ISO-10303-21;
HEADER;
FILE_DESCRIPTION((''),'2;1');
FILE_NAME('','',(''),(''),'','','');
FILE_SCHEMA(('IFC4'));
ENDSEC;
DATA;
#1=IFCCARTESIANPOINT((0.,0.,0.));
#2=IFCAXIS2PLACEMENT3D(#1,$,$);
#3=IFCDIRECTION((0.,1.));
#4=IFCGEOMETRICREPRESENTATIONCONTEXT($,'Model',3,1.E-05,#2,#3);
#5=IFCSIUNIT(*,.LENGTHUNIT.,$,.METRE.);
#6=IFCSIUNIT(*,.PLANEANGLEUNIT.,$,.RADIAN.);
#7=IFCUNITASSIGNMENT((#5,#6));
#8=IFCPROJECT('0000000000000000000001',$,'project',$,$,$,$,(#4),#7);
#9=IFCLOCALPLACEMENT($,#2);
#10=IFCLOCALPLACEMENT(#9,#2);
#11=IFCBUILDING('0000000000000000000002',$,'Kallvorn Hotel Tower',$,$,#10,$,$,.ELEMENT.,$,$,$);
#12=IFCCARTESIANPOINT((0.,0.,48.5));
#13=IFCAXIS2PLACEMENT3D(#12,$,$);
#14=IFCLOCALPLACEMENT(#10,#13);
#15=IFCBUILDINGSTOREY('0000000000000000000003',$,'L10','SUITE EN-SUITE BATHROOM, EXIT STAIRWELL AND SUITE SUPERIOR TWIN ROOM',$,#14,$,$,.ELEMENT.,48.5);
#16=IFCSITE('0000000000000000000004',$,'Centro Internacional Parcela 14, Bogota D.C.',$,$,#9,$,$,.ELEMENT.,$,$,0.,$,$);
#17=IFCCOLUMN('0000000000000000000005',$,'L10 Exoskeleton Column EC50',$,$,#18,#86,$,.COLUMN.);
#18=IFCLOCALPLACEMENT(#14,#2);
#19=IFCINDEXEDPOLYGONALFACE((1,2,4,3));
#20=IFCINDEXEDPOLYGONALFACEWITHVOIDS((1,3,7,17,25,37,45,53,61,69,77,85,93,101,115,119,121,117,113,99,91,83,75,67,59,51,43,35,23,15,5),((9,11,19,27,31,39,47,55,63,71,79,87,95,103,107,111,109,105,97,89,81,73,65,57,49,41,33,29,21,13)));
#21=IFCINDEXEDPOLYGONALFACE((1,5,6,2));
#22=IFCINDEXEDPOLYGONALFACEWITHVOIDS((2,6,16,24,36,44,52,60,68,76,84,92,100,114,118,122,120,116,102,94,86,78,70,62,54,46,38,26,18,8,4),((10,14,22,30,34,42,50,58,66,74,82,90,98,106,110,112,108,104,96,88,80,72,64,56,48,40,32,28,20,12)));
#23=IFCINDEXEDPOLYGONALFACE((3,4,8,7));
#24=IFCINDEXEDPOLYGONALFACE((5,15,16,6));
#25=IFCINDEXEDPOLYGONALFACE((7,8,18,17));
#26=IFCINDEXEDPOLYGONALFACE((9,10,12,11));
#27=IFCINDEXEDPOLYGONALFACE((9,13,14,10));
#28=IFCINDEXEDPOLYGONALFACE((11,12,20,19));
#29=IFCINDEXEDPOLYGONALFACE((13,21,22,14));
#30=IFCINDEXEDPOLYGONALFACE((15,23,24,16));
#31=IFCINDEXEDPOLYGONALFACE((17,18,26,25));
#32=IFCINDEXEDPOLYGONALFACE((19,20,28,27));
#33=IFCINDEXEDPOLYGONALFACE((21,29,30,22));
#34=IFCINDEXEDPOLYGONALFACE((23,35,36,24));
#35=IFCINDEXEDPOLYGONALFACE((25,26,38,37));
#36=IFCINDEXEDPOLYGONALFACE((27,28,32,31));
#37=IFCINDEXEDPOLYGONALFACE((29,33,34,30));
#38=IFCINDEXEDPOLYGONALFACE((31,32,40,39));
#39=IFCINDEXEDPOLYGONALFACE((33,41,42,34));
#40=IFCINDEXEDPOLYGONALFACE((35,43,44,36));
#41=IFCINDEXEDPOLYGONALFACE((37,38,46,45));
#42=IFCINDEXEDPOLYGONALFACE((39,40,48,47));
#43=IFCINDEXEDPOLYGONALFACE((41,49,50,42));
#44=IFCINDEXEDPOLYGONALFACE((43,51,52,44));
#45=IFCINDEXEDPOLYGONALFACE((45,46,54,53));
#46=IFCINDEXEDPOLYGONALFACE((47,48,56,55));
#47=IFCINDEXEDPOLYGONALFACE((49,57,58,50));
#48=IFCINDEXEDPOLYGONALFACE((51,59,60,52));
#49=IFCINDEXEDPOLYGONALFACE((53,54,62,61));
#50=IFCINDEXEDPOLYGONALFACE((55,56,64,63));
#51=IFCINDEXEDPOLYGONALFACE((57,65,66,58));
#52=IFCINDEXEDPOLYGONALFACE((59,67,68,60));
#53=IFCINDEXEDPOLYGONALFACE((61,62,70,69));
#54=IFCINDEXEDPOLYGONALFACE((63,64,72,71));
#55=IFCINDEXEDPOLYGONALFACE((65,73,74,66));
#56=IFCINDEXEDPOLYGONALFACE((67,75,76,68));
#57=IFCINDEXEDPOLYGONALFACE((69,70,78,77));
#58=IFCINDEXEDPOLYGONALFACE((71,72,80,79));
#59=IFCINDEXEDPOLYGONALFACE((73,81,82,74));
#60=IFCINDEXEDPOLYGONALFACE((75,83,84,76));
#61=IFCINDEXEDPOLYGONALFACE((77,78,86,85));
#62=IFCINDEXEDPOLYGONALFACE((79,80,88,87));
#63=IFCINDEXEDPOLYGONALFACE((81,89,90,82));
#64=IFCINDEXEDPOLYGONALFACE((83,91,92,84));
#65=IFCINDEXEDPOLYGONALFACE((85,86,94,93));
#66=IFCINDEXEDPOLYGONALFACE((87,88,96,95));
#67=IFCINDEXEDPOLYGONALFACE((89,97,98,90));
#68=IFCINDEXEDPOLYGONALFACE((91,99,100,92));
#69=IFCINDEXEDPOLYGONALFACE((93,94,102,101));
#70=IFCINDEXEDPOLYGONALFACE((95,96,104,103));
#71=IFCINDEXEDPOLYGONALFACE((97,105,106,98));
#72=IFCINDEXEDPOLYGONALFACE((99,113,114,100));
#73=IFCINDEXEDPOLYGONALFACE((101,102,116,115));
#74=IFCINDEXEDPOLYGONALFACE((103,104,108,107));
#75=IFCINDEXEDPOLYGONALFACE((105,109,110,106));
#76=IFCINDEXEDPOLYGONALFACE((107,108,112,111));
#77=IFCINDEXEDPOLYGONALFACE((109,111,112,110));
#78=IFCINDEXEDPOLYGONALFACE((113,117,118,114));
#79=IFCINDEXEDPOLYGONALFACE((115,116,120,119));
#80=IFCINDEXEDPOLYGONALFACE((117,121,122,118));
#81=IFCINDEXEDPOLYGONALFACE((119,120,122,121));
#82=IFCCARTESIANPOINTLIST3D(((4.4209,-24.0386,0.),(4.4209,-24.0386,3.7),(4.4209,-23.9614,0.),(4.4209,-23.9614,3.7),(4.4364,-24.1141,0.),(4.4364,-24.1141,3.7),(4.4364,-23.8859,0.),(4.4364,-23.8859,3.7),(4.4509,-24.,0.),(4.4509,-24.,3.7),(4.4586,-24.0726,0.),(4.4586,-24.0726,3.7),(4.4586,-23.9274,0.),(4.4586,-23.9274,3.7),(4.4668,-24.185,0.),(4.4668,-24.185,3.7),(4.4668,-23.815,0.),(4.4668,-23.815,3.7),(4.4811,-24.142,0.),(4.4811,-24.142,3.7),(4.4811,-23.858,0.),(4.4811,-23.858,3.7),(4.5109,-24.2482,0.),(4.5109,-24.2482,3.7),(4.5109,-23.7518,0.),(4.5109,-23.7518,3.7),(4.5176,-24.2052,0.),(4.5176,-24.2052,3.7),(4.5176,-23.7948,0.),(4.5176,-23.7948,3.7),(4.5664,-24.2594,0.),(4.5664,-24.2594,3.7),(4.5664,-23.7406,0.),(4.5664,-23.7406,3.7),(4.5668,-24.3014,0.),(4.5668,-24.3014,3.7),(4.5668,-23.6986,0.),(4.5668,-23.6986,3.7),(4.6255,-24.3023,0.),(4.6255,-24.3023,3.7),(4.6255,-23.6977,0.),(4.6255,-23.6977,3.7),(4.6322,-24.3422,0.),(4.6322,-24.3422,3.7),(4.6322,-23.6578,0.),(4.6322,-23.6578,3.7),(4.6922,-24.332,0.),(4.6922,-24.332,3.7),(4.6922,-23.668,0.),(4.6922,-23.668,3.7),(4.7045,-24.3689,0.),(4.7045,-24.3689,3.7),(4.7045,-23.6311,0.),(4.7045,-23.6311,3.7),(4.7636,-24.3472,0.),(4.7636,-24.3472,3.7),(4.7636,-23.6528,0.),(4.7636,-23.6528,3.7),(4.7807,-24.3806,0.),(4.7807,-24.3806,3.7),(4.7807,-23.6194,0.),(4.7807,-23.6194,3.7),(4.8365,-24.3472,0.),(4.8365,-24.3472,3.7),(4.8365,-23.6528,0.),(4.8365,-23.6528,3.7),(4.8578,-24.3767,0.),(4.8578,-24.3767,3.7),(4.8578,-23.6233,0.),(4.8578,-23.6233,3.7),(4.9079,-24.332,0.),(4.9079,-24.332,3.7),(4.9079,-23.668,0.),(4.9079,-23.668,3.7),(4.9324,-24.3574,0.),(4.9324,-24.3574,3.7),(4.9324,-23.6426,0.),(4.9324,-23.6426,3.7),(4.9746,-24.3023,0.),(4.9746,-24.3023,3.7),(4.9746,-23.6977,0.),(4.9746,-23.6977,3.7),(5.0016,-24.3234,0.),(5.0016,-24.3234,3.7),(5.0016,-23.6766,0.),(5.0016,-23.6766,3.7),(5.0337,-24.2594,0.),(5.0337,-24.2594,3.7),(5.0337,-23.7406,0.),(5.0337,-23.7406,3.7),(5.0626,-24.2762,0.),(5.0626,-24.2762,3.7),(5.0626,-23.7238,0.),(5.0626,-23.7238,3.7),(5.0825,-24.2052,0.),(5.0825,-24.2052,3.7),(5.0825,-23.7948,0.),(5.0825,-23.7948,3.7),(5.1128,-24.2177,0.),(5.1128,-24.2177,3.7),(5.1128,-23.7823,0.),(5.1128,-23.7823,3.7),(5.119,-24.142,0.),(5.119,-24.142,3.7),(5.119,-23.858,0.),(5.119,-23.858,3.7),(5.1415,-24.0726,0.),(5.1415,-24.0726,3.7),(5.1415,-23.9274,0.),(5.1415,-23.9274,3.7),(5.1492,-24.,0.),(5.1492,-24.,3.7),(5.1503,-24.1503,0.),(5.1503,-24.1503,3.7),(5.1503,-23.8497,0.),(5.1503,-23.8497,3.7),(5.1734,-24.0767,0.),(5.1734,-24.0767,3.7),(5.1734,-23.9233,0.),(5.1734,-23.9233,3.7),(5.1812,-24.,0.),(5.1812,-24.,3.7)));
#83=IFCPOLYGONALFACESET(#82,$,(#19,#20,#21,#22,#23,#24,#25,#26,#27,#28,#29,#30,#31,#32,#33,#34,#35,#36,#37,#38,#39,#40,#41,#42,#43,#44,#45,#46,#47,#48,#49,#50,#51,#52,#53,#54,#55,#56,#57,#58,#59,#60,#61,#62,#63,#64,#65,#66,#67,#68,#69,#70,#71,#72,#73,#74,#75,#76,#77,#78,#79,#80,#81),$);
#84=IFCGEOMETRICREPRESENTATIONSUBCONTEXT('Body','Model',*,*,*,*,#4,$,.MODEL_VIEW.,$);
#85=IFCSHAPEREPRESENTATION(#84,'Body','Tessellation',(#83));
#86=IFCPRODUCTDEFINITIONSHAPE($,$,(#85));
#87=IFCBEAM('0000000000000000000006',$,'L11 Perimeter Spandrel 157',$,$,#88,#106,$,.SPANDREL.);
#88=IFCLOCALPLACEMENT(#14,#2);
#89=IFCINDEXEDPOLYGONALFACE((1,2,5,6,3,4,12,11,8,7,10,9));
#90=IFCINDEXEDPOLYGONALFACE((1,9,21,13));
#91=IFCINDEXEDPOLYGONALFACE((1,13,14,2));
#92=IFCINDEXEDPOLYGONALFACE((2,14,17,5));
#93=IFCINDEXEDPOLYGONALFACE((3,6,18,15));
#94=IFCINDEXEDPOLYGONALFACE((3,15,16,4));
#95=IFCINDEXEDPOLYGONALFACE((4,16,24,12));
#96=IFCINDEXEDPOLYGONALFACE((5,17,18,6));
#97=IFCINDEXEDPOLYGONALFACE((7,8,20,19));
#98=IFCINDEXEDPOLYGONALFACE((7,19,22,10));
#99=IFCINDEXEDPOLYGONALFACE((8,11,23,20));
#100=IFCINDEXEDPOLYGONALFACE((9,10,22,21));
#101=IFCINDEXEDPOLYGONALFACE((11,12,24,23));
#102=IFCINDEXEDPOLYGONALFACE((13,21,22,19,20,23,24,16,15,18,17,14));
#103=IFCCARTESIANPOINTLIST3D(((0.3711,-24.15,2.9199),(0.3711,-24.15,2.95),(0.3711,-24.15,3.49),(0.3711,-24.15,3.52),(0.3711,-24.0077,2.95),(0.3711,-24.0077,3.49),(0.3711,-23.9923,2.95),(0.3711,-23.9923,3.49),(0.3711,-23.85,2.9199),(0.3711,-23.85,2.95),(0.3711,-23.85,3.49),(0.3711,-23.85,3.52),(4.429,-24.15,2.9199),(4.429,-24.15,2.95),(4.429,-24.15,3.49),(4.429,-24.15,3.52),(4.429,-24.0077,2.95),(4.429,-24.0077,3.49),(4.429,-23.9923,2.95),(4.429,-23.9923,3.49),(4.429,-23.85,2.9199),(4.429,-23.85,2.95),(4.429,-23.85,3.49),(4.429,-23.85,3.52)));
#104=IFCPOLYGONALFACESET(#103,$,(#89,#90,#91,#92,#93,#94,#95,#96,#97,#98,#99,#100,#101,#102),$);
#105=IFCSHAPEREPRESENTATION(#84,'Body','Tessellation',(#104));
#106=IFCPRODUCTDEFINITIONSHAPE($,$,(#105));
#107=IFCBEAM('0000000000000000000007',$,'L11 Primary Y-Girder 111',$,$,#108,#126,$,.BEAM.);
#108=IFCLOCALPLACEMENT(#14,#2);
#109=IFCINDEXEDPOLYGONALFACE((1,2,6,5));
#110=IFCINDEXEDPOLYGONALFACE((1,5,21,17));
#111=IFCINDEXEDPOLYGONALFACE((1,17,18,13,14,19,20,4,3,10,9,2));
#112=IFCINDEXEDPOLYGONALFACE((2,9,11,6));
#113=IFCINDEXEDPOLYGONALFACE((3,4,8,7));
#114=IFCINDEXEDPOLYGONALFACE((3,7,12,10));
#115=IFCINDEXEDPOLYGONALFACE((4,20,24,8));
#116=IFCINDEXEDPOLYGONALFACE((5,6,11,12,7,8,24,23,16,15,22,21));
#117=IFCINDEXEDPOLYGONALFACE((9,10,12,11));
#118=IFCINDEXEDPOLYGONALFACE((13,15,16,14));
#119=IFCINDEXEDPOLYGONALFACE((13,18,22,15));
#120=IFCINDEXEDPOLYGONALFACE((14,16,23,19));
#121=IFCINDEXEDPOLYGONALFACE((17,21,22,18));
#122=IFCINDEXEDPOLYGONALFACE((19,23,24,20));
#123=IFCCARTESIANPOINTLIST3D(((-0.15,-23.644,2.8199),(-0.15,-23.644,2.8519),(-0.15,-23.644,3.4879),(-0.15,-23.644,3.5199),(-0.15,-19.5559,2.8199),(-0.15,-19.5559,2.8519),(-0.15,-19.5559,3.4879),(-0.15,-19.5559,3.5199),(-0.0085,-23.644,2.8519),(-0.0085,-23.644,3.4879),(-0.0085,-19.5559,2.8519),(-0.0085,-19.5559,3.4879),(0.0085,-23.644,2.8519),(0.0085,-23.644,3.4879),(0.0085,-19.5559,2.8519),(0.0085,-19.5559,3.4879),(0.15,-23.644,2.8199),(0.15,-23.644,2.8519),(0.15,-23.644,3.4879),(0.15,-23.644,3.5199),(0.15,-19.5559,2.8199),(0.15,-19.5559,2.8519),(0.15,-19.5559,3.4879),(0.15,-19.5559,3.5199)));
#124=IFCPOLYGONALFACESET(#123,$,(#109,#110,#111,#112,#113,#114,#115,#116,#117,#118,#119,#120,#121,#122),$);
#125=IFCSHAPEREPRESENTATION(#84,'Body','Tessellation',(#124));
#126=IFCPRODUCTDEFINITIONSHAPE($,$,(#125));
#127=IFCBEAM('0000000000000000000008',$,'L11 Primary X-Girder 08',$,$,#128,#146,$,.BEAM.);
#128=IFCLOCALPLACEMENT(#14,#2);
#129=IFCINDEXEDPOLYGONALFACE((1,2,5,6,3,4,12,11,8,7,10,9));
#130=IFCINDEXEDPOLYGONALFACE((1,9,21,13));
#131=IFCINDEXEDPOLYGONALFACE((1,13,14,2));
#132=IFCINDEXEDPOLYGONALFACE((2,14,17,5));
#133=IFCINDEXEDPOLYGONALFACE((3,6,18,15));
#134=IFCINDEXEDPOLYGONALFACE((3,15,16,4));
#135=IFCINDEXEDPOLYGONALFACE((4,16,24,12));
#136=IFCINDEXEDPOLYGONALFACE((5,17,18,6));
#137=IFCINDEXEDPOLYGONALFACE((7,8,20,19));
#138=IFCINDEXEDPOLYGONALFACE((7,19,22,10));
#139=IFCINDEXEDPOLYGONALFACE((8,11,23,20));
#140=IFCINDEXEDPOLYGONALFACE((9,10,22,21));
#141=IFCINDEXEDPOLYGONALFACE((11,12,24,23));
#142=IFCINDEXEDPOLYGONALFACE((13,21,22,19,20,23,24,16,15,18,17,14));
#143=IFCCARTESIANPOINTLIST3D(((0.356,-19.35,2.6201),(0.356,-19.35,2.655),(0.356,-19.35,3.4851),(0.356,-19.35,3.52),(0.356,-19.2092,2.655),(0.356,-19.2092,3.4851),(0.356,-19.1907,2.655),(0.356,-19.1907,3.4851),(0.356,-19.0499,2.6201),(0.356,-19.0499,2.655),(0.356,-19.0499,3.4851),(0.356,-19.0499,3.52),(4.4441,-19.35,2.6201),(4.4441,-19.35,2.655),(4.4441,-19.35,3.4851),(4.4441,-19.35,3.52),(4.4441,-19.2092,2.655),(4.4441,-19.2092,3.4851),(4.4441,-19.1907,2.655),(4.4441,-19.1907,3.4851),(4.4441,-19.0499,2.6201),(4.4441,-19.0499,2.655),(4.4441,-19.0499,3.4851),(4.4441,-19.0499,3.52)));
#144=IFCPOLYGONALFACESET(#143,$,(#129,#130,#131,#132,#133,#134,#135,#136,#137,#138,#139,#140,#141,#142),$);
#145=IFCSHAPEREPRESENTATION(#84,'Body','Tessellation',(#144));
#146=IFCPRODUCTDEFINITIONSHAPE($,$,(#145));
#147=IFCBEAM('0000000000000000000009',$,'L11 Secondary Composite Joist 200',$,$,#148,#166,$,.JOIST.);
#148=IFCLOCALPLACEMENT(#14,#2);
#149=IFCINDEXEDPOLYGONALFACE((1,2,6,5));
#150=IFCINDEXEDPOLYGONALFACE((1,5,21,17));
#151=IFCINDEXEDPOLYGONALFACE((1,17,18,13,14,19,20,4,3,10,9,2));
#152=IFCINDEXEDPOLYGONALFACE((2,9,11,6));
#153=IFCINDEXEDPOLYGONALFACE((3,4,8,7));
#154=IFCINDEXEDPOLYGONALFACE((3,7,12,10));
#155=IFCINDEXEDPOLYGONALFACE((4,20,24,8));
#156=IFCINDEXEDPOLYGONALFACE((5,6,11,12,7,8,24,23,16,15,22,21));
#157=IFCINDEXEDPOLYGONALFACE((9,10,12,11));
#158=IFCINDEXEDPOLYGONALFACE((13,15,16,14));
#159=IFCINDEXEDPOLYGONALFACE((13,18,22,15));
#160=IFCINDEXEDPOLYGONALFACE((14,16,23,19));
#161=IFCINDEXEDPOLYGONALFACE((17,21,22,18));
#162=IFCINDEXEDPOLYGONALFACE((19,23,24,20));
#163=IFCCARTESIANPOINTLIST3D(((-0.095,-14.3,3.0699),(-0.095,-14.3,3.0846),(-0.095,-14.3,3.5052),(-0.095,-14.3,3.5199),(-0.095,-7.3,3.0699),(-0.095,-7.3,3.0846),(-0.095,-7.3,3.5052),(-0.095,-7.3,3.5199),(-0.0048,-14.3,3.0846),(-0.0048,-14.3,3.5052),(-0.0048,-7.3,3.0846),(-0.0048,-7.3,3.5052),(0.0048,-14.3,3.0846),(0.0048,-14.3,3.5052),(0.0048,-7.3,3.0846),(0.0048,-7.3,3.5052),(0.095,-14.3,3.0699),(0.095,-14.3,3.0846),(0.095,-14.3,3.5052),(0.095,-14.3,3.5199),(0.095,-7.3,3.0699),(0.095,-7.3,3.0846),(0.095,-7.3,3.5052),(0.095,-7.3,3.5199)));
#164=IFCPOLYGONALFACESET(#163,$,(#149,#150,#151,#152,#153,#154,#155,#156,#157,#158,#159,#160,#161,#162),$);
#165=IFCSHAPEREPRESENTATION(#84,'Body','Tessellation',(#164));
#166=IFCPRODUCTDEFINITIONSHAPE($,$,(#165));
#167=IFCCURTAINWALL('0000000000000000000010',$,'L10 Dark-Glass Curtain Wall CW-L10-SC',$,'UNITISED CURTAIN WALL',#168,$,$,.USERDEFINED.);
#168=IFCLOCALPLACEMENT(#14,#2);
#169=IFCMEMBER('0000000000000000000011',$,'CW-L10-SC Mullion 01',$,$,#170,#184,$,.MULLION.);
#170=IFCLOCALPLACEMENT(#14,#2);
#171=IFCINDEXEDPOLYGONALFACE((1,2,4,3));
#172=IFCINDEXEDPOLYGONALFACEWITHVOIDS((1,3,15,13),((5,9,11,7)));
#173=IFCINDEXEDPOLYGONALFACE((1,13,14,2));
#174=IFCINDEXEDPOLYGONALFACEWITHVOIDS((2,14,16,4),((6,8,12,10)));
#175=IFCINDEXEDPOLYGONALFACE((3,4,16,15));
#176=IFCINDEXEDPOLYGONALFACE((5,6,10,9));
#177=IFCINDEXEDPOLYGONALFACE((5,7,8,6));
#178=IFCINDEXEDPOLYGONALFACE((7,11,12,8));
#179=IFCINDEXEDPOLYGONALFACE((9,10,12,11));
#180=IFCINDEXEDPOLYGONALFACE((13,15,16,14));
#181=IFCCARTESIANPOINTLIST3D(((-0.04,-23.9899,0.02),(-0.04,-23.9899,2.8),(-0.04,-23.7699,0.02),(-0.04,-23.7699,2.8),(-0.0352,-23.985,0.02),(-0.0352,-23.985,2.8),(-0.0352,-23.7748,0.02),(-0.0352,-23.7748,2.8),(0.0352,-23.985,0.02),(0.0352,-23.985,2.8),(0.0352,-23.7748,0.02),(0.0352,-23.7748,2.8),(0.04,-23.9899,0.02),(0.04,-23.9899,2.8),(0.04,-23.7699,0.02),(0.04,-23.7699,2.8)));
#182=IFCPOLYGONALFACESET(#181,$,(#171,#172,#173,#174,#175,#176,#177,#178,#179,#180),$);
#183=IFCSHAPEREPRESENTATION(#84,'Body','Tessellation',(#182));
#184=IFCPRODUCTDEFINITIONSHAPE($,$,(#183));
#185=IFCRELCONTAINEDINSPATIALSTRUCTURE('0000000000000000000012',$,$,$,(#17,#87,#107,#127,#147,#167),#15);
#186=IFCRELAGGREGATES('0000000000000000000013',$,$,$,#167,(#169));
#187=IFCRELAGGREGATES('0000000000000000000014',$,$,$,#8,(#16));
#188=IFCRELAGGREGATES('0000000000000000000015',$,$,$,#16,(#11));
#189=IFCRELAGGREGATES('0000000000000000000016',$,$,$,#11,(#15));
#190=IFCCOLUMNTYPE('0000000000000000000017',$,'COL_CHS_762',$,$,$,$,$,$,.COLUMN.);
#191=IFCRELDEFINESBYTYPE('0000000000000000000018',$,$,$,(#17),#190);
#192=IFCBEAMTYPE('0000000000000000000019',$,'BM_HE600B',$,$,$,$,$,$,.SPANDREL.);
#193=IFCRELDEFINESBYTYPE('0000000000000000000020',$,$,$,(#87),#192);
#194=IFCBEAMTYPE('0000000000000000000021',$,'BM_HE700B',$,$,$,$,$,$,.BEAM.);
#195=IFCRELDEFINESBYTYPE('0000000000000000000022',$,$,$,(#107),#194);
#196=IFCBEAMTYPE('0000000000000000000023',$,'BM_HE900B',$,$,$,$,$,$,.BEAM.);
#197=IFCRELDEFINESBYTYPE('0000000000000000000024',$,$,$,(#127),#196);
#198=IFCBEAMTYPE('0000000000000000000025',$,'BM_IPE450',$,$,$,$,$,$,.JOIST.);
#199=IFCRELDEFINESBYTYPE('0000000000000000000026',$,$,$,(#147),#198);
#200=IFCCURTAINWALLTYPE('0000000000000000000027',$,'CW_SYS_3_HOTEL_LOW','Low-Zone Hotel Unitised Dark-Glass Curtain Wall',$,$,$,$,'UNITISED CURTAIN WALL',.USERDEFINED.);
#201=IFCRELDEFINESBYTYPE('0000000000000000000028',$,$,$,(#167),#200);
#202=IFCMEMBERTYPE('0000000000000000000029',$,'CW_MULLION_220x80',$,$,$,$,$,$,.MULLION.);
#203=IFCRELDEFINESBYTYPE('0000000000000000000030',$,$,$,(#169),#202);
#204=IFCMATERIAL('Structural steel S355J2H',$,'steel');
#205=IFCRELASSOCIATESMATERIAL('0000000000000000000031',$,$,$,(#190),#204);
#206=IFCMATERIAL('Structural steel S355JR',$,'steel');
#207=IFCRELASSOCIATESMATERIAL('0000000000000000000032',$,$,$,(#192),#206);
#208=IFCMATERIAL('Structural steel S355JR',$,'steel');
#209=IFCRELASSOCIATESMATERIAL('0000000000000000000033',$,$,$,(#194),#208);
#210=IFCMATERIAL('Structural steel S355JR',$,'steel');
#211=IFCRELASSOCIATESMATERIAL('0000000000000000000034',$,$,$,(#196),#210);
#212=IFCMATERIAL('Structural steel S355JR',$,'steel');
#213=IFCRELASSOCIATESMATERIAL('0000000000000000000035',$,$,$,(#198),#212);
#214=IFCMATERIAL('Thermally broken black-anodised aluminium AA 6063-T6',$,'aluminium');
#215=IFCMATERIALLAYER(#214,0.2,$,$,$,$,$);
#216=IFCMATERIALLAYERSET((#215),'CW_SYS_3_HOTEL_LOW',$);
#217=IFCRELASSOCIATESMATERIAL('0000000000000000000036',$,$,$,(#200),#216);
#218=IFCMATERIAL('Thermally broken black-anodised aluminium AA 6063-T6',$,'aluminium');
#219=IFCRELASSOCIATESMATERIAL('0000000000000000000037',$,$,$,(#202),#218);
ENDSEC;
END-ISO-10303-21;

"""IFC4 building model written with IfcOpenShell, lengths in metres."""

from ifc_helpers import new_model, si_unit, direction, frame, origin, origin_2d, place, context, subcontext, project, spatial, hollow_rectangle, hollow_circle, i_section, extrude, material, layer, layer_set, material_profile, profile_set, type_object, element, aggregate, save


model = new_model("IFC4")

# Units and contexts
model_context = context("Model", 3, precision=1e-05, world=origin(), true_north=direction((0.0, 1.0)))
body_context = subcontext(model_context, "Body", "Model", "MODEL_VIEW")
ifc_project = project(units=[si_unit("LENGTHUNIT", "METRE"), si_unit("PLANEANGLEUNIT", "RADIAN")], contexts=[model_context])

# Site, building, storey
site_placement = place(None, origin())
site = spatial("IfcSite", under=ifc_project, at=site_placement, Name="Centro Internacional Parcela 14, Bogota D.C.", CompositionType="ELEMENT", RefElevation=0.0)
building_placement = place(site_placement, origin())
building = spatial("IfcBuilding", under=site, at=building_placement, Name="Kallvorn Hotel Tower", CompositionType="ELEMENT")
storey_placement = place(building_placement, frame((0.0, 0.0, 48.5)))
storey = spatial("IfcBuildingStorey", under=building, at=storey_placement, Name="L10", Description="SUITE EN-SUITE BATHROOM, EXIT STAIRWELL AND SUITE SUPERIOR TWIN ROOM", CompositionType="ELEMENT", Elevation=48.5)

# Column
ifc_material_1 = material(Name="Structural steel S355J2H", Category="steel")
ifc_material_profile_1 = material_profile(ifc_material_1, hollow_circle(Radius=0.3811, WallThickness=0.032, at=origin_2d()), Name="CHS 762x32")
ifc_profile_set_1 = profile_set([ifc_material_profile_1], Name="Structural steel S355J2H")
column_type = type_object("IfcColumnType", Name="COL_CHS_762", PredefinedType="COLUMN", material=ifc_profile_set_1)
for number, where, z_axis, x_axis, name in (
    (1, (4.8, -24.0, 0.0), (0.0, 0.0, 1.0), (1.0, 0.0, 0.0), "L10 Exoskeleton Column EC50"),
):
    element("IfcColumn", number, at=place(storey_placement, frame(where, z_axis=z_axis, x_axis=x_axis)), inside=storey, type_object=column_type, Name=name, PredefinedType="COLUMN", context=body_context, shape_type="SweptSolid", body=[
        extrude(hollow_circle(Radius=0.3811, WallThickness=0.032, at=origin_2d()), origin(), (0.0, 0.0, 1.0), 3.7),
    ])

# Beams
ifc_material_2 = material(Name="Structural steel S355JR", Category="steel")
ifc_material_profile_2 = material_profile(ifc_material_2, i_section(OverallWidth=0.3, OverallDepth=0.6001, WebThickness=0.0154, FlangeThickness=0.03, at=origin_2d()), Name="HE 600 B")
ifc_profile_set_2 = profile_set([ifc_material_profile_2], Name="Structural steel S355JR")
beam_type_1 = type_object("IfcBeamType", Name="BM_HE600B", PredefinedType="SPANDREL", material=ifc_profile_set_2)
beam_1_placement = place(storey_placement, frame((0.3711, -24.0, 3.22), z_axis=(1.0, 0.0, 0.0), x_axis=(0.0, 1.0, 0.0)))
element("IfcBeam", 2, at=beam_1_placement, inside=storey, type_object=beam_type_1, Name="L11 Perimeter Spandrel 157", PredefinedType="SPANDREL", context=body_context, shape_type="SweptSolid", body=[
    extrude(i_section(OverallWidth=0.3, OverallDepth=0.6001, WebThickness=0.0154, FlangeThickness=0.03, at=origin_2d()), origin(), (0.0, 0.0, 1.0), 4.0579),
])
ifc_material_3 = material(Name="Structural steel S355JR", Category="steel")
ifc_material_profile_3 = material_profile(ifc_material_3, i_section(OverallWidth=0.3, OverallDepth=0.7, WebThickness=0.0171, FlangeThickness=0.032, at=origin_2d()), Name="HE 700 B")
ifc_profile_set_3 = profile_set([ifc_material_profile_3], Name="Structural steel S355JR")
beam_type_2 = type_object("IfcBeamType", Name="BM_HE700B", PredefinedType="BEAM", material=ifc_profile_set_3)
beam_2_placement = place(storey_placement, frame((0.0, -23.644, 3.1699), z_axis=(0.0, 1.0, 0.0), x_axis=(-1.0, 0.0, 0.0)))
element("IfcBeam", 3, at=beam_2_placement, inside=storey, type_object=beam_type_2, Name="L11 Primary Y-Girder 111", PredefinedType="BEAM", context=body_context, shape_type="SweptSolid", body=[
    extrude(i_section(OverallWidth=0.3, OverallDepth=0.7, WebThickness=0.0171, FlangeThickness=0.032, at=origin_2d()), origin(), (0.0, 0.0, 1.0), 4.0881),
])
ifc_material_4 = material(Name="Structural steel S355JR", Category="steel")
ifc_material_profile_4 = material_profile(ifc_material_4, i_section(OverallWidth=0.3, OverallDepth=0.8999, WebThickness=0.0186, FlangeThickness=0.0349, at=origin_2d()), Name="HE 900 B")
ifc_profile_set_4 = profile_set([ifc_material_profile_4], Name="Structural steel S355JR")
beam_type_3 = type_object("IfcBeamType", Name="BM_HE900B", PredefinedType="BEAM", material=ifc_profile_set_4)
beam_3_placement = place(storey_placement, frame((0.356, -19.2, 3.0701), z_axis=(1.0, 0.0, 0.0), x_axis=(0.0, 1.0, 0.0)))
element("IfcBeam", 4, at=beam_3_placement, inside=storey, type_object=beam_type_3, Name="L11 Primary X-Girder 08", PredefinedType="BEAM", context=body_context, shape_type="SweptSolid", body=[
    extrude(i_section(OverallWidth=0.3, OverallDepth=0.8999, WebThickness=0.0186, FlangeThickness=0.0349, at=origin_2d()), origin(), (0.0, 0.0, 1.0), 4.0881),
])
ifc_material_5 = material(Name="Structural steel S355JR", Category="steel")
ifc_material_profile_5 = material_profile(ifc_material_5, i_section(OverallWidth=0.1899, OverallDepth=0.45, WebThickness=0.0095, FlangeThickness=0.0146, at=origin_2d()), Name="IPE 450")
ifc_profile_set_5 = profile_set([ifc_material_profile_5], Name="Structural steel S355JR")
beam_type_4 = type_object("IfcBeamType", Name="BM_IPE450", PredefinedType="JOIST", material=ifc_profile_set_5)
beam_4_placement = place(storey_placement, frame((0.0, -14.3, 3.2949), z_axis=(0.0, 1.0, 0.0), x_axis=(-1.0, 0.0, 0.0)))
element("IfcBeam", 5, at=beam_4_placement, inside=storey, type_object=beam_type_4, Name="L11 Secondary Composite Joist 200", PredefinedType="JOIST", context=body_context, shape_type="SweptSolid", body=[
    extrude(i_section(OverallWidth=0.1899, OverallDepth=0.45, WebThickness=0.0095, FlangeThickness=0.0146, at=origin_2d()), origin(), (0.0, 0.0, 1.0), 7.0),
])

# Curtain wall, member
ifc_material_6 = material(Name="Thermally broken black-anodised aluminium AA 6063-T6", Category="aluminium")
ifc_layer_1 = layer(ifc_material_6, 0.2)
ifc_layer_set_1 = layer_set([ifc_layer_1], Name="CW_SYS_3_HOTEL_LOW")
curtain_wall_type = type_object("IfcCurtainWallType", Name="CW_SYS_3_HOTEL_LOW", Description="Low-Zone Hotel Unitised Dark-Glass Curtain Wall", ElementType="UNITISED CURTAIN WALL", PredefinedType="USERDEFINED", material=ifc_layer_set_1)
curtain_wall_placement = place(storey_placement, origin())
curtain_wall = element("IfcCurtainWall", 6, at=curtain_wall_placement, inside=storey, type_object=curtain_wall_type, Name="L10 Dark-Glass Curtain Wall CW-L10-SC", ObjectType="UNITISED CURTAIN WALL", PredefinedType="USERDEFINED")
ifc_material_7 = material(Name="Thermally broken black-anodised aluminium AA 6063-T6", Category="aluminium")
ifc_material_profile_6 = material_profile(ifc_material_7, hollow_rectangle(XDim=0.0801, YDim=0.22, WallThickness=0.0049, at=origin_2d()), Name="MUL 220x80")
ifc_profile_set_6 = profile_set([ifc_material_profile_6], Name="Thermally broken black-anodised aluminium AA 6063-T6")
member_type_1 = type_object("IfcMemberType", Name="CW_MULLION_220x80", PredefinedType="MULLION", material=ifc_profile_set_6)
member_1_placement = place(storey_placement, frame((0.0, -23.8799, 0.02), z_axis=(0.0, 0.0, 1.0), x_axis=(1.0, 0.0, 0.0)))
member_1 = element("IfcMember", 7, at=member_1_placement, type_object=member_type_1, Name="CW-L10-SC Mullion 01", PredefinedType="MULLION", context=body_context, shape_type="SweptSolid", body=[
    extrude(hollow_rectangle(XDim=0.0801, YDim=0.22, WallThickness=0.0049, at=origin_2d()), origin(), (0.0, 0.0, 1.0), 2.78),
])
aggregate(curtain_wall, [member_1])

save(model, "model.ifc")
